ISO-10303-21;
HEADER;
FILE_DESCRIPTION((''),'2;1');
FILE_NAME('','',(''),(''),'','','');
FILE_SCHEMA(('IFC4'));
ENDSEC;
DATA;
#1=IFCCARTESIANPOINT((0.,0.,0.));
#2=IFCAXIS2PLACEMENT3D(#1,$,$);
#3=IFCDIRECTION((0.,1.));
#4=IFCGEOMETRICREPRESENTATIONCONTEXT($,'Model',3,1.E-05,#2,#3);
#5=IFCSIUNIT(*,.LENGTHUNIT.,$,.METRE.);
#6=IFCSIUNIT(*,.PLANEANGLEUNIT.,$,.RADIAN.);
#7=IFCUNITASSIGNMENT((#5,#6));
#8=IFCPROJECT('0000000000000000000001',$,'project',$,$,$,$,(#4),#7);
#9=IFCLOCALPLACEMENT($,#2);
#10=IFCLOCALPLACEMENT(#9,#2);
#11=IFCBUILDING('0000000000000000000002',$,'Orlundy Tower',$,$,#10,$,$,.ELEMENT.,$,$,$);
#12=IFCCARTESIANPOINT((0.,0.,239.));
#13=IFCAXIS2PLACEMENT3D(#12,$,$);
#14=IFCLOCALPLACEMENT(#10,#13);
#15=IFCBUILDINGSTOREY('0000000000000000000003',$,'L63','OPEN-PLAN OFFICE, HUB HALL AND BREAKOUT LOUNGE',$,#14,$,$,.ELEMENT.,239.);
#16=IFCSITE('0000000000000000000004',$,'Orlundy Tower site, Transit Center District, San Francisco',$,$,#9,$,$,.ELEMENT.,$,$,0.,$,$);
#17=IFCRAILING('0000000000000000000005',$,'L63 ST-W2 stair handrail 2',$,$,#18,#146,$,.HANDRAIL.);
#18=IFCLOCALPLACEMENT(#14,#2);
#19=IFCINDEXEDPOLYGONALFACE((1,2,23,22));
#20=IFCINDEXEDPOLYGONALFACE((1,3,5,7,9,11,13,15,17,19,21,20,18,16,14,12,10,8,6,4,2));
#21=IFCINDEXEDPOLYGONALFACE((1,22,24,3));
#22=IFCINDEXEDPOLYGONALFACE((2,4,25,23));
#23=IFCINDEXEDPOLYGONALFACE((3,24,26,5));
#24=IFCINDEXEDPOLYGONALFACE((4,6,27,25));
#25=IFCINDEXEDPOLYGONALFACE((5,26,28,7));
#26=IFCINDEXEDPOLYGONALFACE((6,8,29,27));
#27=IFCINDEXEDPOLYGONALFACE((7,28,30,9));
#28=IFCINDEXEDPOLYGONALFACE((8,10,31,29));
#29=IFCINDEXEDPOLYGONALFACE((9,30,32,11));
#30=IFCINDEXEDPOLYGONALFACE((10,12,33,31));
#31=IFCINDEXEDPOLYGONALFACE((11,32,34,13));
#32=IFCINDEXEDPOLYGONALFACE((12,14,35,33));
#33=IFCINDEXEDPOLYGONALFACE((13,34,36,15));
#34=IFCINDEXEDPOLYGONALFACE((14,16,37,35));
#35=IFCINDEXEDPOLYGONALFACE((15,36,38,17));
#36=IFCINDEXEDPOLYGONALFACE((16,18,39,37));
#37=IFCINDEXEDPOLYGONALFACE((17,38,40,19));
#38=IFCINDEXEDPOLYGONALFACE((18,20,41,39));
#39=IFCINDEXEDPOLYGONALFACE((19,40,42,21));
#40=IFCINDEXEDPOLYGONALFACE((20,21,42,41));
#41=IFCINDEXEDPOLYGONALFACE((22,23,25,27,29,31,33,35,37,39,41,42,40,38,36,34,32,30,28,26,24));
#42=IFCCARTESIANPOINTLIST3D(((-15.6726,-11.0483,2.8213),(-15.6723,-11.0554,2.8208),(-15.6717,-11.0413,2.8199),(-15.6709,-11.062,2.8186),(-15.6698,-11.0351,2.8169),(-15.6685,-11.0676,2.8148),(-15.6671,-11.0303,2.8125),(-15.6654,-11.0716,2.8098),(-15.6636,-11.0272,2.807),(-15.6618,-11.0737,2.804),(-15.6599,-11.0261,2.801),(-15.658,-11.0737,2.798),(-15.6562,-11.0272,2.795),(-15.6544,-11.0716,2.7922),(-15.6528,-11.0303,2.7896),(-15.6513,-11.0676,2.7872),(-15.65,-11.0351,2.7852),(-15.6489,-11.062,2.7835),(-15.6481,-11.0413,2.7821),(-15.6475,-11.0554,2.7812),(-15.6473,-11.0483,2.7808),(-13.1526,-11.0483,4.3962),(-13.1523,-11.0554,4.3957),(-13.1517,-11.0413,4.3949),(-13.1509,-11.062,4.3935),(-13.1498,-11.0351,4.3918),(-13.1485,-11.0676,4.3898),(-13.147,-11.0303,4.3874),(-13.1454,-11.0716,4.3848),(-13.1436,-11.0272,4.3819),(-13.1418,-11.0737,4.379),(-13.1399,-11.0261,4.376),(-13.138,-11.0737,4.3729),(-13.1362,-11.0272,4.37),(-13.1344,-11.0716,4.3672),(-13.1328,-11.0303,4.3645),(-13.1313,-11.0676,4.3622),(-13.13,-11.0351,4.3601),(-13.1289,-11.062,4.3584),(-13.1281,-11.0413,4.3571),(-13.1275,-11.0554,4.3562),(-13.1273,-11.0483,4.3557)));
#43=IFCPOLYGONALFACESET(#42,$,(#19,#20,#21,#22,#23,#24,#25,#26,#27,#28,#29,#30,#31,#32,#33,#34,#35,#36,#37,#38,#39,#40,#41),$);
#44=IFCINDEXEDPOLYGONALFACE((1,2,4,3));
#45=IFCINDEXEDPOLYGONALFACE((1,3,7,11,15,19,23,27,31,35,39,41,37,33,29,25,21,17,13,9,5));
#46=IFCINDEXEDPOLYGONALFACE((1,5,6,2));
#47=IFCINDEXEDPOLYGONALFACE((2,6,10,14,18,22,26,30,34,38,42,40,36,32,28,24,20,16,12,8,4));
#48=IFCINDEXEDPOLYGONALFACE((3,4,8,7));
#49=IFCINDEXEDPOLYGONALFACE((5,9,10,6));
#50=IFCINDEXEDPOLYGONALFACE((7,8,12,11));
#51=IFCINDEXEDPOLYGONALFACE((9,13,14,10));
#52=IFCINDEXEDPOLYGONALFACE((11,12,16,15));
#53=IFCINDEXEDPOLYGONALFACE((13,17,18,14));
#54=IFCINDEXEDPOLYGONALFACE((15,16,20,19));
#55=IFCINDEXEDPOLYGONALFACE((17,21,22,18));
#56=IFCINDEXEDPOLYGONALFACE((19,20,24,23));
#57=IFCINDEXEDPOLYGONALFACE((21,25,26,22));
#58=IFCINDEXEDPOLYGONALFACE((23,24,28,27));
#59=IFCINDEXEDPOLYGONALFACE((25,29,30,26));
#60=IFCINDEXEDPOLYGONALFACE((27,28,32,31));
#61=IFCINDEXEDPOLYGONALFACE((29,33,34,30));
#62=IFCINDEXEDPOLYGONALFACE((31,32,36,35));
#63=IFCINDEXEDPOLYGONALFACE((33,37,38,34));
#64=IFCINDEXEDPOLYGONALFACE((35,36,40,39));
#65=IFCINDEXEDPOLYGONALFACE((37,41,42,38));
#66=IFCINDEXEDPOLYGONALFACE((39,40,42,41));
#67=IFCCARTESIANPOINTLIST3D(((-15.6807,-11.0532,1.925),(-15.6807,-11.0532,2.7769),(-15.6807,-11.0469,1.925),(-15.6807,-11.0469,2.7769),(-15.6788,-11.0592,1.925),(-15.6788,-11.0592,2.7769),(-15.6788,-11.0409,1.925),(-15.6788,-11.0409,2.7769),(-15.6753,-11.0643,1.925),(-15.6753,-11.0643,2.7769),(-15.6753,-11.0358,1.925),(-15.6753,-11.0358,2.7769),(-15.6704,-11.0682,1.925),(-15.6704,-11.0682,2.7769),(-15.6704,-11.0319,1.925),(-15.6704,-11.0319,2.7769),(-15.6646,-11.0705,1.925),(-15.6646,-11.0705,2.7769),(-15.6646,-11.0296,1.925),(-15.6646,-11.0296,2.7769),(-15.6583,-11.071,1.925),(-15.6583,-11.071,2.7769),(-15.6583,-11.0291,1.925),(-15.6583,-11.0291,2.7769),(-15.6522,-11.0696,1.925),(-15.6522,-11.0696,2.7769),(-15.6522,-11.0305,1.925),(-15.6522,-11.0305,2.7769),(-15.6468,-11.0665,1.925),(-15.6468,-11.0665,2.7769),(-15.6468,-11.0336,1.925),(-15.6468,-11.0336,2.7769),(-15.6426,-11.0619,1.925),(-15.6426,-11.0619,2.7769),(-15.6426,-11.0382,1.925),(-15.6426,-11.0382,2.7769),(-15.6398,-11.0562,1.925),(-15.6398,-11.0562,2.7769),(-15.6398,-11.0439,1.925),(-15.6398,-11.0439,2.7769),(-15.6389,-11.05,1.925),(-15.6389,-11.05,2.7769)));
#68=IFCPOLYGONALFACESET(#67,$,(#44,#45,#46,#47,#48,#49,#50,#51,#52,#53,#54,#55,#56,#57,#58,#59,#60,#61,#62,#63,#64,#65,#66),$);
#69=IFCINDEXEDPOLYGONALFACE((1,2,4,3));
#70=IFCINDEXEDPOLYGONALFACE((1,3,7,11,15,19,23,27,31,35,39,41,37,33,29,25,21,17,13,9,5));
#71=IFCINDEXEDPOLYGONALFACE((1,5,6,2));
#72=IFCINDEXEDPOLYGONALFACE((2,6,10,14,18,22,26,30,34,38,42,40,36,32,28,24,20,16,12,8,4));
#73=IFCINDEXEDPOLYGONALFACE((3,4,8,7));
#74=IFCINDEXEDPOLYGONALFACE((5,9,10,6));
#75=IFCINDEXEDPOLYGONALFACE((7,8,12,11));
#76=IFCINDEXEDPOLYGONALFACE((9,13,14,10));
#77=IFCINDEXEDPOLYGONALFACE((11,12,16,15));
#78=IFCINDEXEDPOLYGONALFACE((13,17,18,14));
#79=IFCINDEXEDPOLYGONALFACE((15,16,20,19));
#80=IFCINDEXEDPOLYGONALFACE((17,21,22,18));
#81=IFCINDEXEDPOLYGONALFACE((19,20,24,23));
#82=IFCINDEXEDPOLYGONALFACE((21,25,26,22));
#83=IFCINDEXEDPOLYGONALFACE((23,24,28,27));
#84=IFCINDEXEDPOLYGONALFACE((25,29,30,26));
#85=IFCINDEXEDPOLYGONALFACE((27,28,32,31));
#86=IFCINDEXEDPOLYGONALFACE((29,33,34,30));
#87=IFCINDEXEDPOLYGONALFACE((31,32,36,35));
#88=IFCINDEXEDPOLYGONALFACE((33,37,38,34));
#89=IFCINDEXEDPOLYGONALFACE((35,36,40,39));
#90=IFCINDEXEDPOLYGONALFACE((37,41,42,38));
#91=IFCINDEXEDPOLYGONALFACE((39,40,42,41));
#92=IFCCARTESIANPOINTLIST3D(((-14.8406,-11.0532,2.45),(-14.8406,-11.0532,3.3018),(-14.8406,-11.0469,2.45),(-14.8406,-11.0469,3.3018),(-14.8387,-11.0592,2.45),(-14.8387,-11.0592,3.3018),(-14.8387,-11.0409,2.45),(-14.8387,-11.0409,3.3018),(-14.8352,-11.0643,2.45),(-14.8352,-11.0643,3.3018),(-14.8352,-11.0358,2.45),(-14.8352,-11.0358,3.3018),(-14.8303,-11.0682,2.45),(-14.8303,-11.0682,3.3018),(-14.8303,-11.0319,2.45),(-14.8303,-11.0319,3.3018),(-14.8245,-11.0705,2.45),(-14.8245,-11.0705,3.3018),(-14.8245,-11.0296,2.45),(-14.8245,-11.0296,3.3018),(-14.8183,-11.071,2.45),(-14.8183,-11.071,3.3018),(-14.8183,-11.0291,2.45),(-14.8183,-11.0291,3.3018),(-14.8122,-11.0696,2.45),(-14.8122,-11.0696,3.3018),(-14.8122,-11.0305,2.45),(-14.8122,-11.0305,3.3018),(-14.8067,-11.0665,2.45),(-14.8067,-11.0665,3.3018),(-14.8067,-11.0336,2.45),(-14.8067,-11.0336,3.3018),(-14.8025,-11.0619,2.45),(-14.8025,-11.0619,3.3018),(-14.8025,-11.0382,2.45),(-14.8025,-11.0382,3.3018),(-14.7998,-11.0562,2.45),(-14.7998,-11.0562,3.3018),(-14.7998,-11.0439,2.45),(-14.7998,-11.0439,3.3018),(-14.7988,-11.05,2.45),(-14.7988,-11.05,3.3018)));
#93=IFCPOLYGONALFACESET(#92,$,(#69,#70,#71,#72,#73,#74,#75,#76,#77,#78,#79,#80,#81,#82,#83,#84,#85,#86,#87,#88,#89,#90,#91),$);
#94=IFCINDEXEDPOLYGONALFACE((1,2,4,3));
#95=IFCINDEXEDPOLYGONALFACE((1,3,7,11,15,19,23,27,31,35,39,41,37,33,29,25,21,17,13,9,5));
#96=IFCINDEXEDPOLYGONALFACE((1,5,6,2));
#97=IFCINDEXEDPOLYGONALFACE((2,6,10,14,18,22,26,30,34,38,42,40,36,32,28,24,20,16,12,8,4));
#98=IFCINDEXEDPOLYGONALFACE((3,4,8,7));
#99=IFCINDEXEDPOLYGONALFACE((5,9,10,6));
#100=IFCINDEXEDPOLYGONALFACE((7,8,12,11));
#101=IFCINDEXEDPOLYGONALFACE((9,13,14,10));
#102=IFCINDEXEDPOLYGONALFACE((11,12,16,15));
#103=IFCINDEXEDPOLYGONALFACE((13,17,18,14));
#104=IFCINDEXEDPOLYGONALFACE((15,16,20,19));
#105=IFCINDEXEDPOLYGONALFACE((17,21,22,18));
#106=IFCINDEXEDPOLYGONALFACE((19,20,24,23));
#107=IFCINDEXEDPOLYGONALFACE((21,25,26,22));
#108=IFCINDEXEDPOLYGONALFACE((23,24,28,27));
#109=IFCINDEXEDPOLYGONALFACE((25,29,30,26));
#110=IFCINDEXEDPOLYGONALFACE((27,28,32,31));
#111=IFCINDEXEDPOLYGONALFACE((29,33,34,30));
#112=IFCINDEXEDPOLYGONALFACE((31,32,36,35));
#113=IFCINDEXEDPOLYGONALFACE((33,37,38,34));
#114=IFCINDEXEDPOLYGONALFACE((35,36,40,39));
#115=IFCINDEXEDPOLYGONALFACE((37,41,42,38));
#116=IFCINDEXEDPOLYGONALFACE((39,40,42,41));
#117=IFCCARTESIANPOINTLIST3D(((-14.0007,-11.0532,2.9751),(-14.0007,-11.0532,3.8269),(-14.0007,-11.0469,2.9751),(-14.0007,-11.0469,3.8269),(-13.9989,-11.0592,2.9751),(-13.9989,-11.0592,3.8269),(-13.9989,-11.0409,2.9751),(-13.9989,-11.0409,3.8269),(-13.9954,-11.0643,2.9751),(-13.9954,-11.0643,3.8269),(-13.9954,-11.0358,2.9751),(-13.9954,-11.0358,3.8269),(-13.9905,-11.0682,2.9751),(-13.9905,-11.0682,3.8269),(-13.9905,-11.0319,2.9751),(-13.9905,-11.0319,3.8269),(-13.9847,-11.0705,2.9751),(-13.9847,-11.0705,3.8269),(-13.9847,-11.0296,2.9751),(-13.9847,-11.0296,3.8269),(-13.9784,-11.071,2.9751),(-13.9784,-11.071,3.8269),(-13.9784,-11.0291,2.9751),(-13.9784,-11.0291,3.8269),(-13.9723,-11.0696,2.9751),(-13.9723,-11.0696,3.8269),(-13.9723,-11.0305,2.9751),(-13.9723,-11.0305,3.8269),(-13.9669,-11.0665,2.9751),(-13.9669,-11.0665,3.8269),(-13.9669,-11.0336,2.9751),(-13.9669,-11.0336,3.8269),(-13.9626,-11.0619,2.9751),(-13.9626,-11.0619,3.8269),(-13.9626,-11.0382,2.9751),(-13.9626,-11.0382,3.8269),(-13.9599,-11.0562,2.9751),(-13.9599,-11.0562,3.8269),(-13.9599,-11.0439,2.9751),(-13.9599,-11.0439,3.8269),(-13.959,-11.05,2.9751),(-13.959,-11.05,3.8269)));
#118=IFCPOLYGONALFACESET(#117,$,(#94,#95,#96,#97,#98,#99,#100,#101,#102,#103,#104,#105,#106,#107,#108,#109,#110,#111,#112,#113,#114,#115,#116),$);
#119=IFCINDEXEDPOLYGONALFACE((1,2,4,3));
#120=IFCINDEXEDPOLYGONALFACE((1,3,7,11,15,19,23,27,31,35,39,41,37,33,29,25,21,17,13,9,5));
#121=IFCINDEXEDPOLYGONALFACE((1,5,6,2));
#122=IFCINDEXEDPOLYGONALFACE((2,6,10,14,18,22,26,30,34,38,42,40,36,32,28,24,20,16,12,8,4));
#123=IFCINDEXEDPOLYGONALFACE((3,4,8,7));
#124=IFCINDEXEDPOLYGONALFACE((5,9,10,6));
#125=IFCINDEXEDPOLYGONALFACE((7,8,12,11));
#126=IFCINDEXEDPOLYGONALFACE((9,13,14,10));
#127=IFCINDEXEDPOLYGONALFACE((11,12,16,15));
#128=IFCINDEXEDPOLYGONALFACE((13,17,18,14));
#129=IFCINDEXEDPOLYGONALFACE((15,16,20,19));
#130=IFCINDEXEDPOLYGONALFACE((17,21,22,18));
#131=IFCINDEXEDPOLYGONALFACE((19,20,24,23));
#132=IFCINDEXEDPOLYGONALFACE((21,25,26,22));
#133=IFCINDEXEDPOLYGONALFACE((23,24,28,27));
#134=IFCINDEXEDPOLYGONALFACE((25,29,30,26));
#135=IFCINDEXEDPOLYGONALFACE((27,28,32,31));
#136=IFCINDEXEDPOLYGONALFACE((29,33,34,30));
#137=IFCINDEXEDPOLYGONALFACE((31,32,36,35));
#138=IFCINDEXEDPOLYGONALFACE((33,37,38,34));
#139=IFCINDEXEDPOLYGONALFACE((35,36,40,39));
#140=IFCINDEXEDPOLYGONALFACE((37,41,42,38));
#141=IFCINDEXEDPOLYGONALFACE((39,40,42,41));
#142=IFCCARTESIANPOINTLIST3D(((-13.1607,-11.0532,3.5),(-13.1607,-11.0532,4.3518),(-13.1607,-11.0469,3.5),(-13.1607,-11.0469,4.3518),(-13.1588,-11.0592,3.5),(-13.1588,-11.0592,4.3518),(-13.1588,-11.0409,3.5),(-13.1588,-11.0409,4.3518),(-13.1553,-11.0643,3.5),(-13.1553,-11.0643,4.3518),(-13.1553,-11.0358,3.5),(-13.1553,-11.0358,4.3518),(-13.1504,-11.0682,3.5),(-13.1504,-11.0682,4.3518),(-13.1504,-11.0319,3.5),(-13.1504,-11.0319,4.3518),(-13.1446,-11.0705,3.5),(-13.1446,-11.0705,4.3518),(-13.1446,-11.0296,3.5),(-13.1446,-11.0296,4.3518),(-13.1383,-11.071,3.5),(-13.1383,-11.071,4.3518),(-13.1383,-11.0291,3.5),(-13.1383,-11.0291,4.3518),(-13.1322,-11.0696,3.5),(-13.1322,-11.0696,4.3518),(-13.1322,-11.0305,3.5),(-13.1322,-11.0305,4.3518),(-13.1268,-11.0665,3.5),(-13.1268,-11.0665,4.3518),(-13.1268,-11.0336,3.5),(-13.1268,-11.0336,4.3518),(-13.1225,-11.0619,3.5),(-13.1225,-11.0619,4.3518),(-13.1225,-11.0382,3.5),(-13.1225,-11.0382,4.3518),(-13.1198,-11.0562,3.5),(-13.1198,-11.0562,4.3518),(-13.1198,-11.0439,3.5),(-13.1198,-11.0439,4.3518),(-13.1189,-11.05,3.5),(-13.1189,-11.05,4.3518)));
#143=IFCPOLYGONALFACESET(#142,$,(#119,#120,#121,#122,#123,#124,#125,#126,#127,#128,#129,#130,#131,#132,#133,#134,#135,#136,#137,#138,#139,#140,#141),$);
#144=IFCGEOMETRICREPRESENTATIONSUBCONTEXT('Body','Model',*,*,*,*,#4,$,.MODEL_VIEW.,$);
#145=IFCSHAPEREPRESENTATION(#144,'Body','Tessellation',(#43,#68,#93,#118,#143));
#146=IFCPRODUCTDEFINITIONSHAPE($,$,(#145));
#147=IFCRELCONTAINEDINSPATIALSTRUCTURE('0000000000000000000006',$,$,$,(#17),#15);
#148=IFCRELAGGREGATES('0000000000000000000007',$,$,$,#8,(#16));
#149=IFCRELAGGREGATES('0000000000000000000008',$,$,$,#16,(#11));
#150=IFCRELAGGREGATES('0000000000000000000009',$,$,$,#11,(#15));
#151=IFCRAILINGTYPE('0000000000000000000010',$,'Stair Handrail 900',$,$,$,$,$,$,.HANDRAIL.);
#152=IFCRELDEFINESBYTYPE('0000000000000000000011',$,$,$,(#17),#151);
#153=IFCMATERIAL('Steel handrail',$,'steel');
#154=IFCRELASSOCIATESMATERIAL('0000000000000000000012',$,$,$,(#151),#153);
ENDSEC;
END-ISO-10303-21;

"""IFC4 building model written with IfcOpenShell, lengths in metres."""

from ifc_helpers import new_model, si_unit, direction, frame, origin, origin_2d, place, context, subcontext, project, spatial, circle, extrude, material, type_object, element, save


model = new_model("IFC4")

# Units and contexts
model_context = context("Model", 3, precision=1e-05, world=origin(), true_north=direction((0.0, 1.0)))
body_context = subcontext(model_context, "Body", "Model", "MODEL_VIEW")
ifc_project = project(units=[si_unit("LENGTHUNIT", "METRE"), si_unit("PLANEANGLEUNIT", "RADIAN")], contexts=[model_context])

# Site, building, storey
site_placement = place(None, origin())
site = spatial("IfcSite", under=ifc_project, at=site_placement, Name="Orlundy Tower site, Transit Center District, San Francisco", CompositionType="ELEMENT", RefElevation=0.0)
building_placement = place(site_placement, origin())
building = spatial("IfcBuilding", under=site, at=building_placement, Name="Orlundy Tower", CompositionType="ELEMENT")
storey_placement = place(building_placement, frame((0.0, 0.0, 239.0)))
storey = spatial("IfcBuildingStorey", under=building, at=storey_placement, Name="L63", Description="OPEN-PLAN OFFICE, HUB HALL AND BREAKOUT LOUNGE", CompositionType="ELEMENT", Elevation=239.0)

# Railing
ifc_material_1 = material(Name="Steel handrail", Category="steel")
railing_type_1 = type_object("IfcRailingType", Name="Stair Handrail 900", PredefinedType="HANDRAIL", material=ifc_material_1)
railing_1_placement = place(storey_placement, frame((-15.6599, -11.05, 1.925)))
element("IfcRailing", 1, at=railing_1_placement, inside=storey, type_object=railing_type_1, Name="L63 ST-W2 stair handrail 2", PredefinedType="HANDRAIL", context=body_context, shape_type="SweptSolid", body=[
    extrude(circle(Radius=0.0239, at=origin_2d()), frame((0.0, 0.0, 0.876), z_axis=(0.848008, 0.0, 0.529984), x_axis=(0.0, 1.0, 0.0)), (0.0, 0.0, 1.0), 2.9717),
    extrude(circle(Radius=0.021, at=origin_2d()), origin(), (0.0, 0.0, 1.0), 0.8518),
    extrude(circle(Radius=0.021, at=origin_2d()), frame((0.8401, 0.0, 0.5249)), (0.0, 0.0, 1.0), 0.8518),
    extrude(circle(Radius=0.021, at=origin_2d()), frame((1.6799, 0.0, 1.05)), (0.0, 0.0, 1.0), 0.8518),
    extrude(circle(Radius=0.021, at=origin_2d()), frame((2.52, 0.0, 1.575)), (0.0, 0.0, 1.0), 0.8518),
])

save(model, "model.ifc")
